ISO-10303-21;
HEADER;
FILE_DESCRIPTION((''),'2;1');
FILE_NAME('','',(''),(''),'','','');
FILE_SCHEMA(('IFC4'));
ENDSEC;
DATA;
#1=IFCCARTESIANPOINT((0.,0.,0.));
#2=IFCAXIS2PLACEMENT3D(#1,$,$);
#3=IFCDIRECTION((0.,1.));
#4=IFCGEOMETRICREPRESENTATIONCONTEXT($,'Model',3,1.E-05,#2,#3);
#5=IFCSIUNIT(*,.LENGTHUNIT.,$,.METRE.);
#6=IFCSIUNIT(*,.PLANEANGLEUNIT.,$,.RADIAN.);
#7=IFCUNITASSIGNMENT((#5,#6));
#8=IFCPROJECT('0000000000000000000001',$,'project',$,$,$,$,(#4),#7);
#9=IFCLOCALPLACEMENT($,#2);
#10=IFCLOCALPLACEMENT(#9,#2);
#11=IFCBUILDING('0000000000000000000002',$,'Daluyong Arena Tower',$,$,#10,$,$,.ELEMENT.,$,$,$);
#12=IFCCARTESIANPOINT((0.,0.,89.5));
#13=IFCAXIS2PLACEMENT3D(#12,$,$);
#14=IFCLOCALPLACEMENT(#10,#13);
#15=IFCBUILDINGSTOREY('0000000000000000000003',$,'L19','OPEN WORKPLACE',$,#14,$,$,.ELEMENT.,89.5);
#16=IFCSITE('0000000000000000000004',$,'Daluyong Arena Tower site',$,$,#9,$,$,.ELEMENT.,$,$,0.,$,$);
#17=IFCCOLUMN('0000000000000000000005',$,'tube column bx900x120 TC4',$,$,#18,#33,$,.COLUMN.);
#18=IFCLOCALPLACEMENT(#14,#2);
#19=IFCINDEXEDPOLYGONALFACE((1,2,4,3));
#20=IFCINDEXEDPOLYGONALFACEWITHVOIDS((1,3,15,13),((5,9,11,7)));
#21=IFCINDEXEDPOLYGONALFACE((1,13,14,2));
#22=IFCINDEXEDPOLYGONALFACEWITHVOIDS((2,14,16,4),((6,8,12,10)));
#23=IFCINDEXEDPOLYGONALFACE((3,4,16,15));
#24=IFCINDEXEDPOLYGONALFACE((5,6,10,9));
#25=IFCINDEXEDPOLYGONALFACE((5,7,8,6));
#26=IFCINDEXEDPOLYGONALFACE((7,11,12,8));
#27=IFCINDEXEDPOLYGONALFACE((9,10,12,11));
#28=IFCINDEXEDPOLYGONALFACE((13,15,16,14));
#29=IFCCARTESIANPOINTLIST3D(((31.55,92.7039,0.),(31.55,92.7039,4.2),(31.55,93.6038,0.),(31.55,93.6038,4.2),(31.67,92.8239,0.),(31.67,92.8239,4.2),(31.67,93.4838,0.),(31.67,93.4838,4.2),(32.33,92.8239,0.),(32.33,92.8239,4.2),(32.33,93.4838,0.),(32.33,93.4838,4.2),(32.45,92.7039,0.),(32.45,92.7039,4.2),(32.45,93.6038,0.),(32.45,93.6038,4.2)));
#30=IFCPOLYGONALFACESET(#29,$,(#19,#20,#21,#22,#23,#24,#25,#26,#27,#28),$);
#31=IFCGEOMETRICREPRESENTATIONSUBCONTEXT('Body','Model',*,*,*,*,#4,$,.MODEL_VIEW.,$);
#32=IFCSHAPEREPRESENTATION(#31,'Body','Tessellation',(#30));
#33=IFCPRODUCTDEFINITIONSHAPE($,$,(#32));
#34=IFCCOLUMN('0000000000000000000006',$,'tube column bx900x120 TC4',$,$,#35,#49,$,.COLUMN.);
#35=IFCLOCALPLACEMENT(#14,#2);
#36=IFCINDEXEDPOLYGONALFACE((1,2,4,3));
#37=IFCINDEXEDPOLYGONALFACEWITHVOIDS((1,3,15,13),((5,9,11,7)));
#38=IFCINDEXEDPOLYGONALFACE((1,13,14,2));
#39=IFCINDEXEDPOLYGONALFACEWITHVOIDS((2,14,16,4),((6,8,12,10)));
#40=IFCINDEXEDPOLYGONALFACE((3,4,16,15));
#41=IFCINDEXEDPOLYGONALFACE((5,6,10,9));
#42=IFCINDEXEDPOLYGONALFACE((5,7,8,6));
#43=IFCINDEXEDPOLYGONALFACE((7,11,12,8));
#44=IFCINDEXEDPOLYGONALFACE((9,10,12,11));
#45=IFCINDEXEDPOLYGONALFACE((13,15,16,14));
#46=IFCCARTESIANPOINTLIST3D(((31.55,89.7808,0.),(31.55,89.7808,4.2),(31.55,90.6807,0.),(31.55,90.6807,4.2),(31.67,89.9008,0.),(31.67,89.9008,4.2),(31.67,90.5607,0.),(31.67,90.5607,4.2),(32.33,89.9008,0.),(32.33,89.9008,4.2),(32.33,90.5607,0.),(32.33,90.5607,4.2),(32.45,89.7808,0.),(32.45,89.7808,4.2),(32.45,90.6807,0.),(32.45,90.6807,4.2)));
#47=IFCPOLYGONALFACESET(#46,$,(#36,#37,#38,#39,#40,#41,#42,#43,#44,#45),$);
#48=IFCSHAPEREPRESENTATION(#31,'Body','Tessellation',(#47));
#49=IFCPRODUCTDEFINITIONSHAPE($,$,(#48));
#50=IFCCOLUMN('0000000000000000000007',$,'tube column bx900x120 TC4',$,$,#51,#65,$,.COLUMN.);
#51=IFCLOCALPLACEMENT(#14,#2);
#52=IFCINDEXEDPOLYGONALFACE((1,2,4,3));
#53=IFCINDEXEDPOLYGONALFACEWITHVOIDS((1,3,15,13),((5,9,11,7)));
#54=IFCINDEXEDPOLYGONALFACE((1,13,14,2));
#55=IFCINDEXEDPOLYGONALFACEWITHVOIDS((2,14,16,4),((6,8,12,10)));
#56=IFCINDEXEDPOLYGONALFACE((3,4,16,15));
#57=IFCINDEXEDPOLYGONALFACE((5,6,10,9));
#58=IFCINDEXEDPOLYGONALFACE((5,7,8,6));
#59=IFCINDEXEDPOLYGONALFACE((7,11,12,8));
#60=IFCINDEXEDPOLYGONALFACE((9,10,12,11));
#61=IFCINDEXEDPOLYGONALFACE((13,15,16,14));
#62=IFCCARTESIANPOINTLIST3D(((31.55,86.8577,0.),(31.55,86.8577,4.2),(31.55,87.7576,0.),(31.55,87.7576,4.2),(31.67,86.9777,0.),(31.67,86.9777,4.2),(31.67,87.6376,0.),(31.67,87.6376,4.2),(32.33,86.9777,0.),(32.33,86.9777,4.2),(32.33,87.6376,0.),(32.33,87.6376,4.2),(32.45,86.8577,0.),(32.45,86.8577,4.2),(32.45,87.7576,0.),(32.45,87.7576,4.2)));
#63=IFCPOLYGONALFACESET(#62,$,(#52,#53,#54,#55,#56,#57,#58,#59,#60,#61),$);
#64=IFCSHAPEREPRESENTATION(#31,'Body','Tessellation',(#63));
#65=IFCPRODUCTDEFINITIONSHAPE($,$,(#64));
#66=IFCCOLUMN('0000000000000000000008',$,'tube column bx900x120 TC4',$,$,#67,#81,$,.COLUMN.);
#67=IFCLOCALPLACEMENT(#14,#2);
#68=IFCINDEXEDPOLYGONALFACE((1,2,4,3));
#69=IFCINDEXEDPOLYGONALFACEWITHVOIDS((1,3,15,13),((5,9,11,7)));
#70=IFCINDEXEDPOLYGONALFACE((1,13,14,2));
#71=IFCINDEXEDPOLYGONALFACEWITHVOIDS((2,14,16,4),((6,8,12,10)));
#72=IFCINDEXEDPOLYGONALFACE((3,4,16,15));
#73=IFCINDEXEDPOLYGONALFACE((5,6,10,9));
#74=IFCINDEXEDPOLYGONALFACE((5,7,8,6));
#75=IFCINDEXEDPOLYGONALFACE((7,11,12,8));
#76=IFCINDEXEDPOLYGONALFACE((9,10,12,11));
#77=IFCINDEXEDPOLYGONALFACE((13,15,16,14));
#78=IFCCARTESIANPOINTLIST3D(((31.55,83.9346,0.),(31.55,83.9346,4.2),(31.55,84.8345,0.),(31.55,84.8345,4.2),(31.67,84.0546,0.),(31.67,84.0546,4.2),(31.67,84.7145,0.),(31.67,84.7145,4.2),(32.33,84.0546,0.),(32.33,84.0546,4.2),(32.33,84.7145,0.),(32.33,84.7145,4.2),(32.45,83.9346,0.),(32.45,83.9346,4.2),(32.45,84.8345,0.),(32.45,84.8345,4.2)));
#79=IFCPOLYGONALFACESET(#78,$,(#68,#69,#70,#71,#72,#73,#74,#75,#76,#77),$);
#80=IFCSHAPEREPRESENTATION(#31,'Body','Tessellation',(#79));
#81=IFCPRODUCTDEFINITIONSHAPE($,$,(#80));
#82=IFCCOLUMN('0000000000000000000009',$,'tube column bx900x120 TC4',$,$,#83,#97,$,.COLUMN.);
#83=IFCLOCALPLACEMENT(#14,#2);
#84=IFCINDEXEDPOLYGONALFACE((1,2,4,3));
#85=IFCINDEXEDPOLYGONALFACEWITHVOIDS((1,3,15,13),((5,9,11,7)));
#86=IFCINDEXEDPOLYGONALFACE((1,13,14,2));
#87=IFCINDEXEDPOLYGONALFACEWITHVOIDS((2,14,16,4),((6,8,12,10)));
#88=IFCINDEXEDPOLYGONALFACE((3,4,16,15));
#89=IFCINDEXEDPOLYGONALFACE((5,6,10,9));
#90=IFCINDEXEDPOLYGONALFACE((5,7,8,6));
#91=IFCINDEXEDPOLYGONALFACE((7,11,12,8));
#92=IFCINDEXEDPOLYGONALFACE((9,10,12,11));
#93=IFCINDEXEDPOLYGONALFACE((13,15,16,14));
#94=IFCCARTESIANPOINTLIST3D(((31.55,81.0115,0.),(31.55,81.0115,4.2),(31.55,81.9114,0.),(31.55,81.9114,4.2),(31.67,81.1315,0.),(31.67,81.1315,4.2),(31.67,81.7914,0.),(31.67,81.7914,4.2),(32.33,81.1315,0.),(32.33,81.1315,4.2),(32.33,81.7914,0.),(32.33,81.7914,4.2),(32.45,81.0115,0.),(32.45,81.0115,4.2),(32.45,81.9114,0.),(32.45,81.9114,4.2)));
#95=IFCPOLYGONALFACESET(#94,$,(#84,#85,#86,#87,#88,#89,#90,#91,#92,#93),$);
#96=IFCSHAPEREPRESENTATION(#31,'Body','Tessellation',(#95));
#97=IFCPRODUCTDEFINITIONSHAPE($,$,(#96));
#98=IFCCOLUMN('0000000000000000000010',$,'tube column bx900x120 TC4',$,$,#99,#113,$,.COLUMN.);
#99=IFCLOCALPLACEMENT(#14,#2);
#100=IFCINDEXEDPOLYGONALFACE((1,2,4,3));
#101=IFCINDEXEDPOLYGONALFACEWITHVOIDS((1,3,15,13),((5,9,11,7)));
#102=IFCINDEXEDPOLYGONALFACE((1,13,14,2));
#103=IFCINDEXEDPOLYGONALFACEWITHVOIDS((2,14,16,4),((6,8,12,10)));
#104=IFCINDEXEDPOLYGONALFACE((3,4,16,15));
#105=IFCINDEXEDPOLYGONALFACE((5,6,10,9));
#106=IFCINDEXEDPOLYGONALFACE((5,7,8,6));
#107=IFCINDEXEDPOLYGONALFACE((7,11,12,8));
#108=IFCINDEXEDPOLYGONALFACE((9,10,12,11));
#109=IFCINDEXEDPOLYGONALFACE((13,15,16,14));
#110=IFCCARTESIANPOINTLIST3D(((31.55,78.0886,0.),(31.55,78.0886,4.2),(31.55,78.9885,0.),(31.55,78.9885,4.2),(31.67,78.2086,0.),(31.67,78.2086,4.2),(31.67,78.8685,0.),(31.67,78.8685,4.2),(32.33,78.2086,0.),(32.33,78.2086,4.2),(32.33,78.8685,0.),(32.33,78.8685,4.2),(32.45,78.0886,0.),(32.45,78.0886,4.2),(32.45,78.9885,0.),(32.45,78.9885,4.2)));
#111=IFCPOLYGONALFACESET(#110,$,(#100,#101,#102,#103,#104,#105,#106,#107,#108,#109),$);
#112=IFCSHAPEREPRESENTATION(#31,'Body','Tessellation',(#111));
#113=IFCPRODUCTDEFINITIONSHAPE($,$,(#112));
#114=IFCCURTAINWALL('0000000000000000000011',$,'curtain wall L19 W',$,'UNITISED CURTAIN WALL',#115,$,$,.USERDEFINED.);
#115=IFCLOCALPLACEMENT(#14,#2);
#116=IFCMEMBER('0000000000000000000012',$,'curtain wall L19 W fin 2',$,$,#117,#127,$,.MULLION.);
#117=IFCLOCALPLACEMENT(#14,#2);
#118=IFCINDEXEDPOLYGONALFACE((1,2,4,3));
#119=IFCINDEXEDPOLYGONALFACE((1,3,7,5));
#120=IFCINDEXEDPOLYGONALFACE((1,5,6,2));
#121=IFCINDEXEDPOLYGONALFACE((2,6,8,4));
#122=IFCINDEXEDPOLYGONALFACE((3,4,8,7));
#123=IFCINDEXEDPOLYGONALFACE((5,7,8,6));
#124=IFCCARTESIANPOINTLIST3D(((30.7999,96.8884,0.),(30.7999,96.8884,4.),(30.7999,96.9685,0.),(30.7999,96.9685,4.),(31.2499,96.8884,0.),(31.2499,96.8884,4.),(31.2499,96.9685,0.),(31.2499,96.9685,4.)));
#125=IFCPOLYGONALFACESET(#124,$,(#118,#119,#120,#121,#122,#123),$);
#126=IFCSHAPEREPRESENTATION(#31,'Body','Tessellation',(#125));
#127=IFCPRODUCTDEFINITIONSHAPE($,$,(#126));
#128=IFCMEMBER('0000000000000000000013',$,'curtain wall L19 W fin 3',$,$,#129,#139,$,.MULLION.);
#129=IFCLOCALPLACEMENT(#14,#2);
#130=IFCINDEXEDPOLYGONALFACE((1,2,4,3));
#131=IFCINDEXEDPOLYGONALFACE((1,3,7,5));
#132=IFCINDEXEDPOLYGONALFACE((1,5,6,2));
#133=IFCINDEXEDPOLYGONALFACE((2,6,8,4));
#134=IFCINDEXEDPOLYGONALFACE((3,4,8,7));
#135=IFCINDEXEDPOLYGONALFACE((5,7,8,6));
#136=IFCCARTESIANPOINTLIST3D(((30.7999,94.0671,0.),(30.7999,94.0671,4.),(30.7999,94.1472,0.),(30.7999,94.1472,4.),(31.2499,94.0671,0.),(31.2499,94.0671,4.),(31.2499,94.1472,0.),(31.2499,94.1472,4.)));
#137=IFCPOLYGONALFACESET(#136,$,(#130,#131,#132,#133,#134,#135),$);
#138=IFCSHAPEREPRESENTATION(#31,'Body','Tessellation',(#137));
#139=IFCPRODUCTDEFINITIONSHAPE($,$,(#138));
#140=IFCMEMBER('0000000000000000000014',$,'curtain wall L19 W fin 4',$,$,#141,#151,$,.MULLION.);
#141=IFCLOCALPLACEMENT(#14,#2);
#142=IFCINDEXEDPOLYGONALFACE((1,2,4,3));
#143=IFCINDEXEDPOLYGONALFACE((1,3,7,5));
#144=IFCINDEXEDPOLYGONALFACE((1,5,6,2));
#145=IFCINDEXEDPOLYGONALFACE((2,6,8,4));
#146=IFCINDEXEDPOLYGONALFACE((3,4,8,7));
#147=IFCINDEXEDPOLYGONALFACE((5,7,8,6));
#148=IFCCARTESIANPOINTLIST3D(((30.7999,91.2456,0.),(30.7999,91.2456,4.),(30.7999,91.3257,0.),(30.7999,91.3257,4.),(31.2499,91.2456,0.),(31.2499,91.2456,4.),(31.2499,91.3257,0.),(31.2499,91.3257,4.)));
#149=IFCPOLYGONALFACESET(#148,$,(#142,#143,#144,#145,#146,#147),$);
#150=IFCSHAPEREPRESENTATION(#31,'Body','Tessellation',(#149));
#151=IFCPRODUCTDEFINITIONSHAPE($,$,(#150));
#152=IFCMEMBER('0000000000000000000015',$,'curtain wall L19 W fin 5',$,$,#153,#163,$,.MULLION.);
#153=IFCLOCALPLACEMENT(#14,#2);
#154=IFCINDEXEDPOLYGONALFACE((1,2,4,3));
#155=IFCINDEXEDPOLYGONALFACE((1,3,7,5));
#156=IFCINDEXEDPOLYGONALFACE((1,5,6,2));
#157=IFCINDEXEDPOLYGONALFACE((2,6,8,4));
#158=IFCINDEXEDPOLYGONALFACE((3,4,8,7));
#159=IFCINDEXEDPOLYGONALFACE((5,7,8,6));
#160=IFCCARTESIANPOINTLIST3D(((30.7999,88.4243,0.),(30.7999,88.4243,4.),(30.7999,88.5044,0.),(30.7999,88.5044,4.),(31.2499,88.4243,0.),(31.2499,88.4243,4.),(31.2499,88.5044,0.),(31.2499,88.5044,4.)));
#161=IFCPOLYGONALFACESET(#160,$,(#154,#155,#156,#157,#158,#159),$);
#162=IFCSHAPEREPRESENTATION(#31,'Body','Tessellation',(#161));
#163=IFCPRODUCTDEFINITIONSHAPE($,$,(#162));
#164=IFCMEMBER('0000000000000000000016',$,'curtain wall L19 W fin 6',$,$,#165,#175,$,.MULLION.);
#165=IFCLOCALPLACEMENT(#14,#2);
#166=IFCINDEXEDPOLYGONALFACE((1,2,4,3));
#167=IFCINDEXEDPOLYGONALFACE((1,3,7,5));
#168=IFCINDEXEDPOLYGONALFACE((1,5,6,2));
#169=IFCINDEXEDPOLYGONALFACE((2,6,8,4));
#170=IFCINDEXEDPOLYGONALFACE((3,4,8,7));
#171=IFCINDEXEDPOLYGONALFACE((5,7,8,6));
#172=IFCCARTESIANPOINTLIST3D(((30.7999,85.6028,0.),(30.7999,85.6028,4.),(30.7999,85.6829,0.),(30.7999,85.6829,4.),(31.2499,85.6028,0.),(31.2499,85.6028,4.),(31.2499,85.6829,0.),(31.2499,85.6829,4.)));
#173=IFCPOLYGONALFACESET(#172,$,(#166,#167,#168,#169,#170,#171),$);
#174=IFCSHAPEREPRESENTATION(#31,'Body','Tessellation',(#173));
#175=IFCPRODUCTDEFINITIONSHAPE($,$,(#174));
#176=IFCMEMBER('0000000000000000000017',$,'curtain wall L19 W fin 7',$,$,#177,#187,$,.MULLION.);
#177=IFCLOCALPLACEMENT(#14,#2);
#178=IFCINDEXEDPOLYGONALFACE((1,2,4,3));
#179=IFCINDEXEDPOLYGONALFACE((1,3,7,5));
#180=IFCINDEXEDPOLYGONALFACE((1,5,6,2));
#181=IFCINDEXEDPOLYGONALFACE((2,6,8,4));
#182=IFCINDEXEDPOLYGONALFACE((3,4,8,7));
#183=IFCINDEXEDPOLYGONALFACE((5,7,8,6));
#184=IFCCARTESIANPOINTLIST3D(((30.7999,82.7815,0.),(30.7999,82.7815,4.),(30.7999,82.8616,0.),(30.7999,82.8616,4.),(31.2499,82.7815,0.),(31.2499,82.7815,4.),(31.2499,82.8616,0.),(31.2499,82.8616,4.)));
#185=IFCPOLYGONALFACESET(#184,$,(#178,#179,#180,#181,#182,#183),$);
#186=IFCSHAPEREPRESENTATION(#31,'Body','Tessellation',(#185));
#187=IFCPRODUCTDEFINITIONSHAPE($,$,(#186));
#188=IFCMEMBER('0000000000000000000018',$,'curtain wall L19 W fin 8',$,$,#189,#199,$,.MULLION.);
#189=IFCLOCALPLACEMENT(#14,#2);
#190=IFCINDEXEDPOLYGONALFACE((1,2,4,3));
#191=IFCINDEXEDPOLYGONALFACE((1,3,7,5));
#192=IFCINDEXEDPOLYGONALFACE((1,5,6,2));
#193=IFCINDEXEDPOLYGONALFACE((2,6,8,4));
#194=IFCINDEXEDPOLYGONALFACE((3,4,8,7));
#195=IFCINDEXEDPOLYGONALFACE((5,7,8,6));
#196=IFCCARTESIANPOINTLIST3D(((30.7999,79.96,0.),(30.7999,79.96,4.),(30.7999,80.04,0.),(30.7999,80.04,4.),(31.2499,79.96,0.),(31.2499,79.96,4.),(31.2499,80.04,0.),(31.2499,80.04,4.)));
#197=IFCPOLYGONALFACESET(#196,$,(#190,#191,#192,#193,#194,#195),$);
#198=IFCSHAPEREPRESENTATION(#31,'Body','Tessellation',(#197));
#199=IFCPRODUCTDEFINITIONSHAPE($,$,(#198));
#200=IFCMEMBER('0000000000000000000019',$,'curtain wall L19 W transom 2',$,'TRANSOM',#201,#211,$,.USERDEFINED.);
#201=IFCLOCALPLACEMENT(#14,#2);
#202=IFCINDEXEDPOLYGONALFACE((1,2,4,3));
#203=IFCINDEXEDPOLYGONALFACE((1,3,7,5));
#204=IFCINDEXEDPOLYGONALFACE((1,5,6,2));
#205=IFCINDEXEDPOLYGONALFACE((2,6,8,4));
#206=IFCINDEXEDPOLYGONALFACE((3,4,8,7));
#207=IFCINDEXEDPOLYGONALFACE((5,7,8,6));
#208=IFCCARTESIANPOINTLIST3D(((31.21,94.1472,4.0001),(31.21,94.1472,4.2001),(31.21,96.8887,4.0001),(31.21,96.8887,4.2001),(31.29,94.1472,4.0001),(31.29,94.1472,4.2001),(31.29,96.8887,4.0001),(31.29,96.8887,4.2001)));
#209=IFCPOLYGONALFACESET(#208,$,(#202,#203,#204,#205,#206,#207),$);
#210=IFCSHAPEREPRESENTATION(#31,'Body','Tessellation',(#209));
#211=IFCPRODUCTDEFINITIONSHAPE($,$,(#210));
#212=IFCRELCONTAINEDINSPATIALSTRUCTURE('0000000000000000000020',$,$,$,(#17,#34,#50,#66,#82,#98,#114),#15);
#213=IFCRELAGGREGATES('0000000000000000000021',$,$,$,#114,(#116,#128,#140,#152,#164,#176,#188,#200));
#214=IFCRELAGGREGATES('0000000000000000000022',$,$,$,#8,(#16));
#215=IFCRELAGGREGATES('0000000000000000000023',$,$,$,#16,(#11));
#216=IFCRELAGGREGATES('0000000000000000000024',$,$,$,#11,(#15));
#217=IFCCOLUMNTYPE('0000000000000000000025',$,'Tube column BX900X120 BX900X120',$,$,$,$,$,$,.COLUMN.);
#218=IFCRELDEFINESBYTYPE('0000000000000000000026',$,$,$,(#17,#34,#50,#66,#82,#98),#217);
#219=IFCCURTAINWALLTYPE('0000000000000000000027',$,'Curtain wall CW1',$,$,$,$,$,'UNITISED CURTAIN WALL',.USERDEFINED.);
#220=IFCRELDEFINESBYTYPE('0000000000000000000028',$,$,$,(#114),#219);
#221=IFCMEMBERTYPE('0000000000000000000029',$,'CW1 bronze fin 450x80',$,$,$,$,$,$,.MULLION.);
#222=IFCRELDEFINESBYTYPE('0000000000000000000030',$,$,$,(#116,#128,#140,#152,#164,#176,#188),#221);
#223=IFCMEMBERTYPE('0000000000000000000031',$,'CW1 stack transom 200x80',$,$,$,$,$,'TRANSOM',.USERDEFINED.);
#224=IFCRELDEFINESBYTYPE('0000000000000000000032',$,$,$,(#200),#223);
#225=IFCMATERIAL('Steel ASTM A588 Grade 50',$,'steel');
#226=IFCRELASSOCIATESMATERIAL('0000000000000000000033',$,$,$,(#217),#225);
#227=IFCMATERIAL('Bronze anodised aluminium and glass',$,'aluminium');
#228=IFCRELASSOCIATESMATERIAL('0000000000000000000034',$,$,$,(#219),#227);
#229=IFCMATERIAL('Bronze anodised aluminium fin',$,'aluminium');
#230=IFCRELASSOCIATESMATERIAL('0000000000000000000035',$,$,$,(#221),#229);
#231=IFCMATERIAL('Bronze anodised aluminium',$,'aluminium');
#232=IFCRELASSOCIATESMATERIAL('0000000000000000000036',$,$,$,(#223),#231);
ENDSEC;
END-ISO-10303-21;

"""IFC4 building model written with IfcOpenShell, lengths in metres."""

from ifc_helpers import new_model, si_unit, direction, frame, origin, origin_2d, place, context, subcontext, project, spatial, rectangle, hollow_rectangle, extrude, material, material_profile, profile_set, type_object, element, aggregate, save


model = new_model("IFC4")

# Units and contexts
model_context = context("Model", 3, precision=1e-05, world=origin(), true_north=direction((0.0, 1.0)))
body_context = subcontext(model_context, "Body", "Model", "MODEL_VIEW")
ifc_project = project(units=[si_unit("LENGTHUNIT", "METRE"), si_unit("PLANEANGLEUNIT", "RADIAN")], contexts=[model_context])

# Site, building, storey
site_placement = place(None, origin())
site = spatial("IfcSite", under=ifc_project, at=site_placement, Name="Daluyong Arena Tower site", CompositionType="ELEMENT", RefElevation=0.0)
building_placement = place(site_placement, origin())
building = spatial("IfcBuilding", under=site, at=building_placement, Name="Daluyong Arena Tower", CompositionType="ELEMENT")
storey_placement = place(building_placement, frame((0.0, 0.0, 89.5)))
storey = spatial("IfcBuildingStorey", under=building, at=storey_placement, Name="L19", Description="OPEN WORKPLACE", CompositionType="ELEMENT", Elevation=89.5)

# Columns
ifc_material_1 = material(Name="Steel ASTM A588 Grade 50", Category="steel")
ifc_material_profile_1 = material_profile(ifc_material_1, hollow_rectangle(XDim=0.8999, YDim=0.8999, WallThickness=0.12, at=origin_2d()))
ifc_profile_set_1 = profile_set([ifc_material_profile_1], Name="Steel ASTM A588 Grade 50")
column_type = type_object("IfcColumnType", Name="Tube column BX900X120 BX900X120", PredefinedType="COLUMN", material=ifc_profile_set_1)
for number, where, z_axis, x_axis, name in (
    (1, (32.0, 93.1538, 0.0), (0.0, 0.0, 1.0), (0.0, 1.0, 0.0), "tube column bx900x120 TC4"),
    (2, (32.0, 90.2307, 0.0), (0.0, 0.0, 1.0), (0.0, 1.0, 0.0), "tube column bx900x120 TC4"),
    (3, (32.0, 87.3076, 0.0), (0.0, 0.0, 1.0), (0.0, 1.0, 0.0), "tube column bx900x120 TC4"),
    (4, (32.0, 84.3845, 0.0), (0.0, 0.0, 1.0), (0.0, 1.0, 0.0), "tube column bx900x120 TC4"),
    (5, (32.0, 81.4614, 0.0), (0.0, 0.0, 1.0), (0.0, 1.0, 0.0), "tube column bx900x120 TC4"),
    (6, (32.0, 78.5386, 0.0), (0.0, 0.0, 1.0), (0.0, 1.0, 0.0), "tube column bx900x120 TC4"),
):
    element("IfcColumn", number, at=place(storey_placement, frame(where, z_axis=z_axis, x_axis=x_axis)), inside=storey, type_object=column_type, Name=name, PredefinedType="COLUMN", context=body_context, shape_type="SweptSolid", body=[
        extrude(hollow_rectangle(XDim=0.8999, YDim=0.8999, WallThickness=0.12, at=origin_2d()), origin(), (0.0, 0.0, 1.0), 4.2),
    ])

# Curtain wall, members
ifc_material_2 = material(Name="Bronze anodised aluminium and glass", Category="aluminium")
curtain_wall_type = type_object("IfcCurtainWallType", Name="Curtain wall CW1", ElementType="UNITISED CURTAIN WALL", PredefinedType="USERDEFINED", material=ifc_material_2)
curtain_wall_placement = place(storey_placement, origin())
curtain_wall = element("IfcCurtainWall", 7, at=curtain_wall_placement, inside=storey, type_object=curtain_wall_type, Name="curtain wall L19 W", ObjectType="UNITISED CURTAIN WALL", PredefinedType="USERDEFINED")
ifc_material_3 = material(Name="Bronze anodised aluminium fin", Category="aluminium")
ifc_material_profile_2 = material_profile(ifc_material_3, rectangle(XDim=0.45, YDim=0.0801, at=origin_2d()))
ifc_profile_set_2 = profile_set([ifc_material_profile_2], Name="Bronze anodised aluminium fin")
member_type_1 = type_object("IfcMemberType", Name="CW1 bronze fin 450x80", PredefinedType="MULLION", material=ifc_profile_set_2)
member_1_placement = place(storey_placement, frame((31.0249, 96.9285, 0.0), z_axis=(0.0, 0.0, 1.0), x_axis=(1.0, 0.0, 0.0)))
member_1 = element("IfcMember", 8, at=member_1_placement, type_object=member_type_1, Name="curtain wall L19 W fin 2", PredefinedType="MULLION", context=body_context, shape_type="SweptSolid", body=[
    extrude(rectangle(XDim=0.45, YDim=0.0801, at=origin_2d()), origin(), (0.0, 0.0, 1.0), 4.0),
])
member_2_placement = place(storey_placement, frame((31.0249, 94.1072, 0.0), z_axis=(0.0, 0.0, 1.0), x_axis=(1.0, 0.0, 0.0)))
member_2 = element("IfcMember", 9, at=member_2_placement, type_object=member_type_1, Name="curtain wall L19 W fin 3", PredefinedType="MULLION", context=body_context, shape_type="SweptSolid", body=[
    extrude(rectangle(XDim=0.45, YDim=0.0801, at=origin_2d()), origin(), (0.0, 0.0, 1.0), 4.0),
])
member_3_placement = place(storey_placement, frame((31.0249, 91.2856, 0.0), z_axis=(0.0, 0.0, 1.0), x_axis=(1.0, 0.0, 0.0)))
member_3 = element("IfcMember", 10, at=member_3_placement, type_object=member_type_1, Name="curtain wall L19 W fin 4", PredefinedType="MULLION", context=body_context, shape_type="SweptSolid", body=[
    extrude(rectangle(XDim=0.45, YDim=0.0801, at=origin_2d()), origin(), (0.0, 0.0, 1.0), 4.0),
])
member_4_placement = place(storey_placement, frame((31.0249, 88.4644, 0.0), z_axis=(0.0, 0.0, 1.0), x_axis=(1.0, 0.0, 0.0)))
member_4 = element("IfcMember", 11, at=member_4_placement, type_object=member_type_1, Name="curtain wall L19 W fin 5", PredefinedType="MULLION", context=body_context, shape_type="SweptSolid", body=[
    extrude(rectangle(XDim=0.45, YDim=0.0801, at=origin_2d()), origin(), (0.0, 0.0, 1.0), 4.0),
])
member_5_placement = place(storey_placement, frame((31.0249, 85.6428, 0.0), z_axis=(0.0, 0.0, 1.0), x_axis=(1.0, 0.0, 0.0)))
member_5 = element("IfcMember", 12, at=member_5_placement, type_object=member_type_1, Name="curtain wall L19 W fin 6", PredefinedType="MULLION", context=body_context, shape_type="SweptSolid", body=[
    extrude(rectangle(XDim=0.45, YDim=0.0801, at=origin_2d()), origin(), (0.0, 0.0, 1.0), 4.0),
])
member_6_placement = place(storey_placement, frame((31.0249, 82.8215, 0.0), z_axis=(0.0, 0.0, 1.0), x_axis=(1.0, 0.0, 0.0)))
member_6 = element("IfcMember", 13, at=member_6_placement, type_object=member_type_1, Name="curtain wall L19 W fin 7", PredefinedType="MULLION", context=body_context, shape_type="SweptSolid", body=[
    extrude(rectangle(XDim=0.45, YDim=0.0801, at=origin_2d()), origin(), (0.0, 0.0, 1.0), 4.0),
])
member_7_placement = place(storey_placement, frame((31.0249, 80.0, 0.0), z_axis=(0.0, 0.0, 1.0), x_axis=(1.0, 0.0, 0.0)))
member_7 = element("IfcMember", 14, at=member_7_placement, type_object=member_type_1, Name="curtain wall L19 W fin 8", PredefinedType="MULLION", context=body_context, shape_type="SweptSolid", body=[
    extrude(rectangle(XDim=0.45, YDim=0.0801, at=origin_2d()), origin(), (0.0, 0.0, 1.0), 4.0),
])
ifc_material_4 = material(Name="Bronze anodised aluminium", Category="aluminium")
ifc_material_profile_3 = material_profile(ifc_material_4, rectangle(XDim=0.0801, YDim=0.2, at=origin_2d()))
ifc_profile_set_3 = profile_set([ifc_material_profile_3], Name="Bronze anodised aluminium")
member_type_2 = type_object("IfcMemberType", Name="CW1 stack transom 200x80", ElementType="TRANSOM", PredefinedType="USERDEFINED", material=ifc_profile_set_3)
member_8_placement = place(storey_placement, frame((31.25, 96.8887, 4.1001), z_axis=(0.0, -1.0, 0.0), x_axis=(1.0, 0.0, 0.0)))
member_8 = element("IfcMember", 15, at=member_8_placement, type_object=member_type_2, Name="curtain wall L19 W transom 2", ObjectType="TRANSOM", PredefinedType="USERDEFINED", context=body_context, shape_type="SweptSolid", body=[
    extrude(rectangle(XDim=0.0801, YDim=0.2, at=origin_2d()), origin(), (0.0, 0.0, 1.0), 2.7415),
])

aggregate(curtain_wall, [member_1, member_2, member_3, member_4, member_5, member_6, member_7, member_8])

save(model, "model.ifc")
